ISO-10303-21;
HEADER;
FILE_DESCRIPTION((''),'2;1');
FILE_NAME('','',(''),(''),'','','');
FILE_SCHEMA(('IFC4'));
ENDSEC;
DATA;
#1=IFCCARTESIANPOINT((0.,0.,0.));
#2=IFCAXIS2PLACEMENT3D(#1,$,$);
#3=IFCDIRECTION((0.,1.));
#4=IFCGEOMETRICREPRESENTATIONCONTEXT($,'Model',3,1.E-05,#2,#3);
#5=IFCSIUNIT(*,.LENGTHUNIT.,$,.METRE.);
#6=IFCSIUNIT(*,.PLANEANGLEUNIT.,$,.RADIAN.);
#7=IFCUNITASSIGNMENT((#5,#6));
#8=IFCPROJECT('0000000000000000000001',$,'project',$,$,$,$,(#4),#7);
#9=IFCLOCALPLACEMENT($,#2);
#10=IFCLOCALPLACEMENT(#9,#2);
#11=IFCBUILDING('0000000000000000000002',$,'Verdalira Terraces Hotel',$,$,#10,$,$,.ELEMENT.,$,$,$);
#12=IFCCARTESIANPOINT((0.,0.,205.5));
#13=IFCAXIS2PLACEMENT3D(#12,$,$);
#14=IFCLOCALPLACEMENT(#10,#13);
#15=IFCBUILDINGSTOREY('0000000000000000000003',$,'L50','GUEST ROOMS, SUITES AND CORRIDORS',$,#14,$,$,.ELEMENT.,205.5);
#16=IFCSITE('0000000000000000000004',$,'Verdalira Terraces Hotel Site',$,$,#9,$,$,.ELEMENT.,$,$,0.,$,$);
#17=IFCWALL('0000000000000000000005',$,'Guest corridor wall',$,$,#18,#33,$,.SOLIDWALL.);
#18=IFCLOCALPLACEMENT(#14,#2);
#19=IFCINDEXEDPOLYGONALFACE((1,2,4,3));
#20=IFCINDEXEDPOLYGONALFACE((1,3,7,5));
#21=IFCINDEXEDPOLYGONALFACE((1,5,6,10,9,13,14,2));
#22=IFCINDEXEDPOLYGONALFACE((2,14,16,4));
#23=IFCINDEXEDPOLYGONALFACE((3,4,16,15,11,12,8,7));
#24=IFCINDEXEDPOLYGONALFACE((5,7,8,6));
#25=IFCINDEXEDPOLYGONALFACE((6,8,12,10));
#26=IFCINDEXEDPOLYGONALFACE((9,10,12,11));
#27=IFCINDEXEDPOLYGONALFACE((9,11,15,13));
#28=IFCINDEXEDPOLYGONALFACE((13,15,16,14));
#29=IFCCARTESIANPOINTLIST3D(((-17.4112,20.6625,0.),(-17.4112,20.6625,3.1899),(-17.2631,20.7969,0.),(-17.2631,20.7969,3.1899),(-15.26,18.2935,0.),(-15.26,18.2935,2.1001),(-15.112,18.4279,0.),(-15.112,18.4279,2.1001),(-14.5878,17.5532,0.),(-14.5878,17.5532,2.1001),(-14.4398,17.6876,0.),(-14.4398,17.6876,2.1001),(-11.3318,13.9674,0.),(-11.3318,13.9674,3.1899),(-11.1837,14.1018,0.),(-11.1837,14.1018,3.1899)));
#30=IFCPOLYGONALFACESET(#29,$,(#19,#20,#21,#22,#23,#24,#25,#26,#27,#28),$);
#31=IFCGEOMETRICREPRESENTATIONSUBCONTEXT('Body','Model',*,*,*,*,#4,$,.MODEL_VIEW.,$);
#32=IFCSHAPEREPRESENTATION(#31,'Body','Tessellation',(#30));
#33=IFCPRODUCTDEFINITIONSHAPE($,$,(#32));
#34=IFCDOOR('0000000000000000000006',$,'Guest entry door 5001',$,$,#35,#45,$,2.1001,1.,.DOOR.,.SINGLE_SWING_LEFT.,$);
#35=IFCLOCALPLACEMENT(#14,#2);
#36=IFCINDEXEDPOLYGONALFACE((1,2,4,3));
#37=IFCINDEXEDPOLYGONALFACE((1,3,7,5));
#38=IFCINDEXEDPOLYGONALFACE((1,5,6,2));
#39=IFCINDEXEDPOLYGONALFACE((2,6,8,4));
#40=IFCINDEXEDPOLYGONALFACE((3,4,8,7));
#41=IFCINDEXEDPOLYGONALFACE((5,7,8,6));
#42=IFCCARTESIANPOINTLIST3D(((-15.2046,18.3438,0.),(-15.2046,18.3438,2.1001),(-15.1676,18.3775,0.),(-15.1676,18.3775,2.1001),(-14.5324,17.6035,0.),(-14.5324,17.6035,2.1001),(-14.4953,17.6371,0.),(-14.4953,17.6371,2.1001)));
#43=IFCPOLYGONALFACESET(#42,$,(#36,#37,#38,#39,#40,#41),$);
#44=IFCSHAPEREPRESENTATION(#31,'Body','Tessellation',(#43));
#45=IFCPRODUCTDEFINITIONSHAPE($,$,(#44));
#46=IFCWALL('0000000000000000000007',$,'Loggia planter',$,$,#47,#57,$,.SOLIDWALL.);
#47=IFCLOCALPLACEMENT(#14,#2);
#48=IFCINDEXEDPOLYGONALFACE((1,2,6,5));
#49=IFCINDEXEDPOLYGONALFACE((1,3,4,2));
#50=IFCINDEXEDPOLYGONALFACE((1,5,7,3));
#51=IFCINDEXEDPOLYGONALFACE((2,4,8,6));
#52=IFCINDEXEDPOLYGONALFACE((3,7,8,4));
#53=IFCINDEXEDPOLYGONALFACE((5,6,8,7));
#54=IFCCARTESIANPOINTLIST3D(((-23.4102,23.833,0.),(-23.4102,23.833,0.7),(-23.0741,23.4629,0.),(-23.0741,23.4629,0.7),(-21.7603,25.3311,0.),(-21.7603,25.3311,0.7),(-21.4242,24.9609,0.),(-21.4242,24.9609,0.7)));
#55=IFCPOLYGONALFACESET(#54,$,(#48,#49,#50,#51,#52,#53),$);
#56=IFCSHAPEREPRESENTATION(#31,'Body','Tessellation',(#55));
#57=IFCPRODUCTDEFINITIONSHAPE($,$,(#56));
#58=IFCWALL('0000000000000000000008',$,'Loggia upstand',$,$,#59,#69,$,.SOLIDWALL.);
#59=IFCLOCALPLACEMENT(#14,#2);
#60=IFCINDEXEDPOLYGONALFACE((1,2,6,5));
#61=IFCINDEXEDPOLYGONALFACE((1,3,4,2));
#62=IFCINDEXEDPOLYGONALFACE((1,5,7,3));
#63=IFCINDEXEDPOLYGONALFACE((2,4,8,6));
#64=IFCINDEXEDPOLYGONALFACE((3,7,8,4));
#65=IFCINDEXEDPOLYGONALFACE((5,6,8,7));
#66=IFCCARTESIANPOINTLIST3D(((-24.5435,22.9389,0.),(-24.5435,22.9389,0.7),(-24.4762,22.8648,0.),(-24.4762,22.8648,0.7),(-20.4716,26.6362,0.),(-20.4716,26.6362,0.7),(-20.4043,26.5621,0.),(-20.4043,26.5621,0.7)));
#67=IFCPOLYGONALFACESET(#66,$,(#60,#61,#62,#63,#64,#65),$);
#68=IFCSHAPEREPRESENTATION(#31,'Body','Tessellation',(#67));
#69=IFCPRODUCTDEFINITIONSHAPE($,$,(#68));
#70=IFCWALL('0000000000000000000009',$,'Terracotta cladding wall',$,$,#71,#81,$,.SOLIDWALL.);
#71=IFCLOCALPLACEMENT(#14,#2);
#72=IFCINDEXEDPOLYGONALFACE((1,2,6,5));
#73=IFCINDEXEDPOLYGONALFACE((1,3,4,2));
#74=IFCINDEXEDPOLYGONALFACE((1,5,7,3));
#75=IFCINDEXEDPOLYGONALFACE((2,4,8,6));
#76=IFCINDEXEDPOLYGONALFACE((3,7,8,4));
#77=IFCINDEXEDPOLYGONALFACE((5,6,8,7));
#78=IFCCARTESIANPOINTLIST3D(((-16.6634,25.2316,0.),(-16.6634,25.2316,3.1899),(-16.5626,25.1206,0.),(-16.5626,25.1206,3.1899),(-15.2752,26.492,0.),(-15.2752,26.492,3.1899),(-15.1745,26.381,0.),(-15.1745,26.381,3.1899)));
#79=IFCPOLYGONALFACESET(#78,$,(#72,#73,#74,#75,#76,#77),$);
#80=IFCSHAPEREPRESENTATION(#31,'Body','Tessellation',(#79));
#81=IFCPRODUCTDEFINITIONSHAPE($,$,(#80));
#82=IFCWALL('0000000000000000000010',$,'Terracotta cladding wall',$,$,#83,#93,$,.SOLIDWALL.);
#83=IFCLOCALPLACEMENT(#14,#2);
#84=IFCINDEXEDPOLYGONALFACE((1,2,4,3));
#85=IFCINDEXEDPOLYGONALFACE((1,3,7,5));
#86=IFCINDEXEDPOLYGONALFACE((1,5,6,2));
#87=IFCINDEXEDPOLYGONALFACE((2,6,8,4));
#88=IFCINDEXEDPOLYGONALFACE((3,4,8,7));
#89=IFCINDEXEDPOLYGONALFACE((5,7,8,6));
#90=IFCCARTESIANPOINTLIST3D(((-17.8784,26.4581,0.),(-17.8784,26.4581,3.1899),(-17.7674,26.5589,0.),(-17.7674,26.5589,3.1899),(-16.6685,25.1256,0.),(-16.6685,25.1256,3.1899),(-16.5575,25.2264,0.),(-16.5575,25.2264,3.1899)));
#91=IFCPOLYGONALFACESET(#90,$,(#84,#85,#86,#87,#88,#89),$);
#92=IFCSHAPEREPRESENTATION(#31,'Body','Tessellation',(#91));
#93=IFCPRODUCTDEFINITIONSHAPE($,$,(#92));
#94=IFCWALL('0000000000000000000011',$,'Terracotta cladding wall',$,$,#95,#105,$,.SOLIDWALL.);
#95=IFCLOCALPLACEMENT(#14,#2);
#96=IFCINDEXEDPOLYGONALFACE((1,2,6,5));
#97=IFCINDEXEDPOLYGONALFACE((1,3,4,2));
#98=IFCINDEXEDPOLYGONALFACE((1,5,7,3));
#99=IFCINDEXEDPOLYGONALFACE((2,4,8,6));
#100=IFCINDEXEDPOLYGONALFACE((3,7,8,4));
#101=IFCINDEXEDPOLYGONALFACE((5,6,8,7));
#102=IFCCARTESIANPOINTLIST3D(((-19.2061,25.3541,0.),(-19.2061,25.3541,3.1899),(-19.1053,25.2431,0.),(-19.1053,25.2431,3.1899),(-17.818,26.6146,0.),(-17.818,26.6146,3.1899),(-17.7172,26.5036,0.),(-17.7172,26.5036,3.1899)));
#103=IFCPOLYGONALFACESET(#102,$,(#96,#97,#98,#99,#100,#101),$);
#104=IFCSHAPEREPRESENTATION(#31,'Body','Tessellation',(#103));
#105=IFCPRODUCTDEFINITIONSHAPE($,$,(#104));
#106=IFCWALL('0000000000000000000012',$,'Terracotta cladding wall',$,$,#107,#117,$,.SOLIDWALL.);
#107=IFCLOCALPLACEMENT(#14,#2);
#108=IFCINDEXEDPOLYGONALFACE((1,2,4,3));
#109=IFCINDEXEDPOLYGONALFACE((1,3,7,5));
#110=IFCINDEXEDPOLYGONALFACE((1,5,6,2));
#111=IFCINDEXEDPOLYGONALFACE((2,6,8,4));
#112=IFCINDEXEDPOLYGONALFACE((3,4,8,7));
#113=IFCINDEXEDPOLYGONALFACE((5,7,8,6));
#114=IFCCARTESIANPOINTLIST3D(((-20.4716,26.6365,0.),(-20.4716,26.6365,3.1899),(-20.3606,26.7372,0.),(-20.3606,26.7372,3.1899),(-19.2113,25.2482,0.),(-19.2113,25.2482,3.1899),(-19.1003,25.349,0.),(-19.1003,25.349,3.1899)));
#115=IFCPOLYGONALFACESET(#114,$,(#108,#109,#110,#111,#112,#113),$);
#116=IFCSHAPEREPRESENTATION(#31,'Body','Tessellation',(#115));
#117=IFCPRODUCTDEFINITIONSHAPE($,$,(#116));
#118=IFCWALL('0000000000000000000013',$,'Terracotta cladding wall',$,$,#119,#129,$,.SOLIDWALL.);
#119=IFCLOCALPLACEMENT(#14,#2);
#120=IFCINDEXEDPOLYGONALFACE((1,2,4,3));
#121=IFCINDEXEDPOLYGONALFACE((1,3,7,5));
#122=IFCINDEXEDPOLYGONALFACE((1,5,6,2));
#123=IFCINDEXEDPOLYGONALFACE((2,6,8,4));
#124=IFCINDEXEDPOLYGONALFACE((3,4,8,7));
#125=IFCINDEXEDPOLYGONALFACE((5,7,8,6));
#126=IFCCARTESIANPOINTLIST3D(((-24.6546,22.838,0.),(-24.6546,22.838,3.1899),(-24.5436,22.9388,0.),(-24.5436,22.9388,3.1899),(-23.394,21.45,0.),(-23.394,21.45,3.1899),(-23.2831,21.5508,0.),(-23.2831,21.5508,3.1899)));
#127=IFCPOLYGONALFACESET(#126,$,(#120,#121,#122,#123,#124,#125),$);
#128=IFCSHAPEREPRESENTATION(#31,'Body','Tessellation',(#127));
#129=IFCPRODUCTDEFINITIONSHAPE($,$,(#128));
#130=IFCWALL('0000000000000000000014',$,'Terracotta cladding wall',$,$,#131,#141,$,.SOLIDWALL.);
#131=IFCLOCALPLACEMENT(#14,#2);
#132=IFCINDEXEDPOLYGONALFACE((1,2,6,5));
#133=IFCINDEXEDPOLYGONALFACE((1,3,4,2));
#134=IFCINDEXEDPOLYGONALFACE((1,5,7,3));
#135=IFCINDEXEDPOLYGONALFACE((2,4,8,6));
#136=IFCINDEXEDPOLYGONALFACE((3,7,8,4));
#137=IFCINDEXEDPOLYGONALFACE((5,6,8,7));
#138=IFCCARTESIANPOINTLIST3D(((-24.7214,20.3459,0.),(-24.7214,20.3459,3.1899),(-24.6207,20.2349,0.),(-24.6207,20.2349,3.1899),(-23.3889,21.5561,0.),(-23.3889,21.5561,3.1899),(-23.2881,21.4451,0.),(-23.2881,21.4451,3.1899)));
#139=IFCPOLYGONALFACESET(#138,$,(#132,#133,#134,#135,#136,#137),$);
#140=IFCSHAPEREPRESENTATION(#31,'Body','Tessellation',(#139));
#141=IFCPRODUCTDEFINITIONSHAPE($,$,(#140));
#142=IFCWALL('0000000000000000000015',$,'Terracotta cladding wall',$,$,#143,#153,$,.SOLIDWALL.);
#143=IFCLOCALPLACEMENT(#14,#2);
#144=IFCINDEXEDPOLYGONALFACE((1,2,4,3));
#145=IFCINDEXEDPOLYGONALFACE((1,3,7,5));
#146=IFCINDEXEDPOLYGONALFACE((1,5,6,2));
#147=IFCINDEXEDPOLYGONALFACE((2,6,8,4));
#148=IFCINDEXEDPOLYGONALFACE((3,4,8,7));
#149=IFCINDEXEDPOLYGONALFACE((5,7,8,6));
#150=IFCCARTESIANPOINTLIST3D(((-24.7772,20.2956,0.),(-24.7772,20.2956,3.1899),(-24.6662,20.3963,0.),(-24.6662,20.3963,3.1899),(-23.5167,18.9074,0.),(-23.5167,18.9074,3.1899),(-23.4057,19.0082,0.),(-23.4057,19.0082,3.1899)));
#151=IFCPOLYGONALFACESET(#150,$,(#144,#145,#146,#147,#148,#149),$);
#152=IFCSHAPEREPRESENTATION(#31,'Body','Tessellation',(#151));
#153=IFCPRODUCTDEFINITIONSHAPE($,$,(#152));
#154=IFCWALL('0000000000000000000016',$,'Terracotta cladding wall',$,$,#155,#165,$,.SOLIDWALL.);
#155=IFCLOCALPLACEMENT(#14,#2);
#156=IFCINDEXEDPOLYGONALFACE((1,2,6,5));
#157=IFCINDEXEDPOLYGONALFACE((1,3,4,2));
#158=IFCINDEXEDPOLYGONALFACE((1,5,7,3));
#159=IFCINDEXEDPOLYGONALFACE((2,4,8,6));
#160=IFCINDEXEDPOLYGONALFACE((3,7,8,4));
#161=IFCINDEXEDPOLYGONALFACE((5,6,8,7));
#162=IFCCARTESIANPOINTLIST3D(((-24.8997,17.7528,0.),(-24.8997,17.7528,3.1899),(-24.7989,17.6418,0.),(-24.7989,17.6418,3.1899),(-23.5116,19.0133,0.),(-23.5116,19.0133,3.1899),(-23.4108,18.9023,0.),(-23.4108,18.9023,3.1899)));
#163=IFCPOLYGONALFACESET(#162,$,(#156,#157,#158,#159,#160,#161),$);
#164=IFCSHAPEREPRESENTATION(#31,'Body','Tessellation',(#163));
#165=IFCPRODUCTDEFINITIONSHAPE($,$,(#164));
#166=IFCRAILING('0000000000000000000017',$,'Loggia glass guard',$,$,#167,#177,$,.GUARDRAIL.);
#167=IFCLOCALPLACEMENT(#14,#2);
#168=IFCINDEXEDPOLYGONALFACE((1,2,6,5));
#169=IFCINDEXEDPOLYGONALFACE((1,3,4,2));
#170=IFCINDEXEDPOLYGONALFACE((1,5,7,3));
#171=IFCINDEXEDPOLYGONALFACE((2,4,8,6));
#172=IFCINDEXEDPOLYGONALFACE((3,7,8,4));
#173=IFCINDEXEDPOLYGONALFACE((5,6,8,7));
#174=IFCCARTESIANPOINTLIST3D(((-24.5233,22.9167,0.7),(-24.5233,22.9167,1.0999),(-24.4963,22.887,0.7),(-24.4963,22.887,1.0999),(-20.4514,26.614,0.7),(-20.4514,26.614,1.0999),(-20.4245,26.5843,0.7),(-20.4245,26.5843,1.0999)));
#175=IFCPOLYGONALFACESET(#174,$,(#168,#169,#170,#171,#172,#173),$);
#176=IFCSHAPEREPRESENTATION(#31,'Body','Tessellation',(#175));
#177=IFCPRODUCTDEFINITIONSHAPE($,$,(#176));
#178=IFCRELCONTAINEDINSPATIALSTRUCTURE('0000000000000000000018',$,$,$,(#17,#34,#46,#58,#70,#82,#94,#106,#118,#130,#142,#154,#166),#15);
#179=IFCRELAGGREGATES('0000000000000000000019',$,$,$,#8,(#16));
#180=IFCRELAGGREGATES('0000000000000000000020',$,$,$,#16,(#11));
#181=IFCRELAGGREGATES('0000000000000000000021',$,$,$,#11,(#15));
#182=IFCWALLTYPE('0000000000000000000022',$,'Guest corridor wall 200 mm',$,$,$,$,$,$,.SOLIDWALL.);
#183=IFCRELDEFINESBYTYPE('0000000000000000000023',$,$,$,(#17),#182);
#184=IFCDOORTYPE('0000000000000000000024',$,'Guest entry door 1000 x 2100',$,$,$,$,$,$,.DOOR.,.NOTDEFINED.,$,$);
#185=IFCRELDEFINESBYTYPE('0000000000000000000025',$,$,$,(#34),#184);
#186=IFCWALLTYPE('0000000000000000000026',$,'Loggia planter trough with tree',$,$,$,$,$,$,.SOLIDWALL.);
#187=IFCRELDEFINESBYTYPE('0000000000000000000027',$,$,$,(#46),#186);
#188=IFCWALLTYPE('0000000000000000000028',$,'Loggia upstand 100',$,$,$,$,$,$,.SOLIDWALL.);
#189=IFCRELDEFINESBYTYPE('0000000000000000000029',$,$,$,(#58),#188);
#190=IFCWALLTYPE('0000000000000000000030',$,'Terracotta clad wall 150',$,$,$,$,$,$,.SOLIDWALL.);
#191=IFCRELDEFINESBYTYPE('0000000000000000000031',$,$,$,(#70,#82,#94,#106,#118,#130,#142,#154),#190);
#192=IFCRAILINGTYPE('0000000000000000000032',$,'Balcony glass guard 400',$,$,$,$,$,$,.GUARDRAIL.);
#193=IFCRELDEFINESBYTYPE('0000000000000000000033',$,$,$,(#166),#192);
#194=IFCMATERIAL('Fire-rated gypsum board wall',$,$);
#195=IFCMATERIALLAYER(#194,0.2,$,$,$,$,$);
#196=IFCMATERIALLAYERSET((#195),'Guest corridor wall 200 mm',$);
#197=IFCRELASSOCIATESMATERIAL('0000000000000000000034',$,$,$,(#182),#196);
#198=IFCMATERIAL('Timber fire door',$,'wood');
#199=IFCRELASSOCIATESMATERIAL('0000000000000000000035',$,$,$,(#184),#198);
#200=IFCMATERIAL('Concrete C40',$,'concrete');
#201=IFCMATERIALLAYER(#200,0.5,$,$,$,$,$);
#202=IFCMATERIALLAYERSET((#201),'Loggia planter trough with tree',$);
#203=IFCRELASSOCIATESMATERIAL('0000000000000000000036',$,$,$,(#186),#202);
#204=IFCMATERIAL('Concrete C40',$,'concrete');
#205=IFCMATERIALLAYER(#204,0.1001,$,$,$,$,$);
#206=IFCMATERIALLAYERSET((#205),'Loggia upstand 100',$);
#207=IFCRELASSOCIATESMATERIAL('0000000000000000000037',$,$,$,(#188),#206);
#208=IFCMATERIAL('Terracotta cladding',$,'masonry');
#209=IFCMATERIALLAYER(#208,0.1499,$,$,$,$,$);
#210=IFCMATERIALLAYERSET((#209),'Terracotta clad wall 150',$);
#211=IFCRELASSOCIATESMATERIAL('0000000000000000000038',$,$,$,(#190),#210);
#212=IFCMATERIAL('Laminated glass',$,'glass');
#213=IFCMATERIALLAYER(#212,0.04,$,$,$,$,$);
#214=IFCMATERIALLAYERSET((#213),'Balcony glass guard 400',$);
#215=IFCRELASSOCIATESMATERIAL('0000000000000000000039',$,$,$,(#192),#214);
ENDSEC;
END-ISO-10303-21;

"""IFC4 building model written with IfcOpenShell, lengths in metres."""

from ifc_helpers import new_model, si_unit, direction, frame, frame_2d, origin, origin_2d, place, context, subcontext, project, spatial, rectangle, extrude, material, layer, layer_set, type_object, element, fill, save


model = new_model("IFC4")

# Units and contexts
model_context = context("Model", 3, precision=1e-05, world=origin(), true_north=direction((0.0, 1.0)))
body_context = subcontext(model_context, "Body", "Model", "MODEL_VIEW")
ifc_project = project(units=[si_unit("LENGTHUNIT", "METRE"), si_unit("PLANEANGLEUNIT", "RADIAN")], contexts=[model_context])

# Site, building, storey
site_placement = place(None, origin())
site = spatial("IfcSite", under=ifc_project, at=site_placement, Name="Verdalira Terraces Hotel Site", CompositionType="ELEMENT", RefElevation=0.0)
building_placement = place(site_placement, origin())
building = spatial("IfcBuilding", under=site, at=building_placement, Name="Verdalira Terraces Hotel", CompositionType="ELEMENT")
storey_placement = place(building_placement, frame((0.0, 0.0, 205.5)))
storey = spatial("IfcBuildingStorey", under=building, at=storey_placement, Name="L50", Description="GUEST ROOMS, SUITES AND CORRIDORS", CompositionType="ELEMENT", Elevation=205.5)

# Wall, opening, door
ifc_material_1 = material(Name="Fire-rated gypsum board wall")
ifc_layer_1 = layer(ifc_material_1, 0.2)
ifc_layer_set_1 = layer_set([ifc_layer_1], Name="Guest corridor wall 200 mm")
wall_type_1 = type_object("IfcWallType", Name="Guest corridor wall 200 mm", PredefinedType="SOLIDWALL", material=ifc_layer_set_1)
wall_1_placement = place(storey_placement, frame((-17.3372, 20.7297, 0.0), z_axis=(0.0, 0.0, 1.0), x_axis=(0.672244, -0.74033, 0.0)))
wall_1 = element("IfcWall", 1, at=wall_1_placement, inside=storey, type_object=wall_type_1, Name="Guest corridor wall", PredefinedType="SOLIDWALL", context=body_context, shape_type="SweptSolid", body=[
    extrude(rectangle(XDim=9.0435, YDim=0.2, at=frame_2d((4.5217, 0.0))), origin(), (0.0, 0.0, 1.0), 3.1899),
])
opening_placement = place(wall_1_placement, frame((3.2, 0.0, 0.0)))
opening = element("IfcOpeningElement", 2, at=opening_placement, cuts=wall_1, PredefinedType="OPENING", context=body_context, shape_type="SweptSolid", body=[
    extrude(rectangle(XDim=1.0, YDim=2.1001, at=frame_2d((0.5, 1.05))), frame((0.0, 0.1099, 0.0), z_axis=(0.0, -1.0, 0.0), x_axis=(1.0, 0.0, 0.0)), (0.0, 0.0, 1.0), 0.22),
])
ifc_material_2 = material(Name="Timber fire door", Category="wood")
door_type = type_object("IfcDoorType", Name="Guest entry door 1000 x 2100", OperationType="NOTDEFINED", PredefinedType="DOOR", material=ifc_material_2)
door_placement = place(opening_placement, origin())
door = element("IfcDoor", 3, at=door_placement, inside=storey, type_object=door_type, Name="Guest entry door 5001", OperationType="SINGLE_SWING_LEFT", OverallHeight=2.1001, OverallWidth=1.0, PredefinedType="DOOR", context=body_context, shape_type="SweptSolid", body=[
    extrude(rectangle(XDim=1.0, YDim=2.1001, at=frame_2d((0.5, 1.05))), frame((0.0, 0.0249, 0.0), z_axis=(0.0, -1.0, 0.0), x_axis=(1.0, 0.0, 0.0)), (0.0, 0.0, 1.0), 0.05),
])
fill(opening, door)

# Walls
ifc_material_3 = material(Name="Concrete C40", Category="concrete")
ifc_layer_2 = layer(ifc_material_3, 0.5)
ifc_layer_set_2 = layer_set([ifc_layer_2], Name="Loggia planter trough with tree")
wall_type_2 = type_object("IfcWallType", Name="Loggia planter trough with tree", PredefinedType="SOLIDWALL", material=ifc_layer_set_2)
wall_2_placement = place(storey_placement, frame((-21.5923, 25.146, 0.0), z_axis=(0.0, 0.0, 1.0), x_axis=(-0.740356, -0.672215, 0.0)))
element("IfcWall", 4, at=wall_2_placement, inside=storey, type_object=wall_type_2, Name="Loggia planter", PredefinedType="SOLIDWALL", context=body_context, shape_type="SweptSolid", body=[
    extrude(rectangle(XDim=2.2285, YDim=0.5, at=frame_2d((1.1143, 0.0))), origin(), (0.0, 0.0, 1.0), 0.7),
])
ifc_material_4 = material(Name="Concrete C40", Category="concrete")
ifc_layer_3 = layer(ifc_material_4, 0.1001)
ifc_layer_set_3 = layer_set([ifc_layer_3], Name="Loggia upstand 100")
wall_type_3 = type_object("IfcWallType", Name="Loggia upstand 100", PredefinedType="SOLIDWALL", material=ifc_layer_set_3)
wall_3_placement = place(storey_placement, frame((-20.438, 26.5991, 0.0), z_axis=(0.0, 0.0, 1.0), x_axis=(-0.740334, -0.67224, 0.0)))
element("IfcWall", 5, at=wall_3_placement, inside=storey, type_object=wall_type_3, Name="Loggia upstand", PredefinedType="SOLIDWALL", context=body_context, shape_type="SweptSolid", body=[
    extrude(rectangle(XDim=5.5, YDim=0.1001, at=frame_2d((2.75, 0.0))), origin(), (0.0, 0.0, 1.0), 0.7),
])
ifc_material_5 = material(Name="Terracotta cladding", Category="masonry")
ifc_layer_4 = layer(ifc_material_5, 0.1499)
ifc_layer_set_4 = layer_set([ifc_layer_4], Name="Terracotta clad wall 150")
wall_type_4 = type_object("IfcWallType", Name="Terracotta clad wall 150", PredefinedType="SOLIDWALL", material=ifc_layer_set_4)
wall_4_placement = place(storey_placement, frame((-15.2249, 26.4365, 0.0), z_axis=(0.0, 0.0, 1.0), x_axis=(-0.740335, -0.672238, 0.0)))
element("IfcWall", 6, at=wall_4_placement, inside=storey, type_object=wall_type_4, Name="Terracotta cladding wall", PredefinedType="SOLIDWALL", context=body_context, shape_type="SweptSolid", body=[
    extrude(rectangle(XDim=1.875, YDim=0.1499, at=frame_2d((0.9375, 0.0))), origin(), (0.0, 0.0, 1.0), 3.1899),
])
wall_5_placement = place(storey_placement, frame((-16.613, 25.176, 0.0), z_axis=(0.0, 0.0, 1.0), x_axis=(-0.672241, 0.740333, 0.0)))
element("IfcWall", 7, at=wall_5_placement, inside=storey, type_object=wall_type_4, Name="Terracotta cladding wall", PredefinedType="SOLIDWALL", context=body_context, shape_type="SweptSolid", body=[
    extrude(rectangle(XDim=1.7998, YDim=0.1499, at=frame_2d((0.8999, 0.0))), origin(), (0.0, 0.0, 1.0), 3.1899),
])
for number, where, z_axis, x_axis, name in (
    (8, (-17.7676, 26.5591, 0.0), (0.0, 0.0, 1.0), (-0.740335, -0.672238, 0.0), "Terracotta cladding wall"),
    (9, (-19.1558, 25.2986, 0.0), (0.0, 0.0, 1.0), (-0.672167, 0.740399, 0.0), "Terracotta cladding wall"),
    (10, (-24.5991, 22.8884, 0.0), (0.0, 0.0, 1.0), (0.672303, -0.740276, 0.0), "Terracotta cladding wall"),
):
    element("IfcWall", number, at=place(storey_placement, frame(where, z_axis=z_axis, x_axis=x_axis)), inside=storey, type_object=wall_type_4, Name=name, PredefinedType="SOLIDWALL", context=body_context, shape_type="SweptSolid", body=[
        extrude(rectangle(XDim=1.875, YDim=0.1499, at=frame_2d((0.9375, 0.0))), origin(), (0.0, 0.0, 1.0), 3.1899),
    ])
wall_6_placement = place(storey_placement, frame((-23.3386, 21.5005, 0.0), z_axis=(0.0, 0.0, 1.0), x_axis=(-0.740265, -0.672315, 0.0)))
element("IfcWall", 11, at=wall_6_placement, inside=storey, type_object=wall_type_4, Name="Terracotta cladding wall", PredefinedType="SOLIDWALL", context=body_context, shape_type="SweptSolid", body=[
    extrude(rectangle(XDim=1.8, YDim=0.1499, at=frame_2d((0.8999, 0.0))), origin(), (0.0, 0.0, 1.0), 3.1899),
])
for number, where, z_axis, x_axis, name in (
    (12, (-24.7217, 20.3459, 0.0), (0.0, 0.0, 1.0), (0.672238, -0.740335, 0.0), "Terracotta cladding wall"),
    (13, (-23.4612, 18.9578, 0.0), (0.0, 0.0, 1.0), (-0.740335, -0.672238, 0.0), "Terracotta cladding wall"),
):
    element("IfcWall", number, at=place(storey_placement, frame(where, z_axis=z_axis, x_axis=x_axis)), inside=storey, type_object=wall_type_4, Name=name, PredefinedType="SOLIDWALL", context=body_context, shape_type="SweptSolid", body=[
        extrude(rectangle(XDim=1.875, YDim=0.1499, at=frame_2d((0.9375, 0.0))), origin(), (0.0, 0.0, 1.0), 3.1899),
    ])

# Railing
ifc_material_6 = material(Name="Laminated glass", Category="glass")
ifc_layer_5 = layer(ifc_material_6, 0.04)
ifc_layer_set_5 = layer_set([ifc_layer_5], Name="Balcony glass guard 400")
railing_type = type_object("IfcRailingType", Name="Balcony glass guard 400", PredefinedType="GUARDRAIL", material=ifc_layer_set_5)
railing_placement = place(storey_placement, frame((-22.4739, 24.7505, 0.7), z_axis=(0.0, 0.0, 1.0), x_axis=(-0.740335, -0.672238, 0.0)))
element("IfcRailing", 14, at=railing_placement, inside=storey, type_object=railing_type, Name="Loggia glass guard", PredefinedType="GUARDRAIL", context=body_context, shape_type="SweptSolid", body=[
    extrude(rectangle(XDim=5.5, YDim=0.04, at=origin_2d()), origin(), (0.0, 0.0, 1.0), 0.3999),
])

save(model, "model.ifc")
